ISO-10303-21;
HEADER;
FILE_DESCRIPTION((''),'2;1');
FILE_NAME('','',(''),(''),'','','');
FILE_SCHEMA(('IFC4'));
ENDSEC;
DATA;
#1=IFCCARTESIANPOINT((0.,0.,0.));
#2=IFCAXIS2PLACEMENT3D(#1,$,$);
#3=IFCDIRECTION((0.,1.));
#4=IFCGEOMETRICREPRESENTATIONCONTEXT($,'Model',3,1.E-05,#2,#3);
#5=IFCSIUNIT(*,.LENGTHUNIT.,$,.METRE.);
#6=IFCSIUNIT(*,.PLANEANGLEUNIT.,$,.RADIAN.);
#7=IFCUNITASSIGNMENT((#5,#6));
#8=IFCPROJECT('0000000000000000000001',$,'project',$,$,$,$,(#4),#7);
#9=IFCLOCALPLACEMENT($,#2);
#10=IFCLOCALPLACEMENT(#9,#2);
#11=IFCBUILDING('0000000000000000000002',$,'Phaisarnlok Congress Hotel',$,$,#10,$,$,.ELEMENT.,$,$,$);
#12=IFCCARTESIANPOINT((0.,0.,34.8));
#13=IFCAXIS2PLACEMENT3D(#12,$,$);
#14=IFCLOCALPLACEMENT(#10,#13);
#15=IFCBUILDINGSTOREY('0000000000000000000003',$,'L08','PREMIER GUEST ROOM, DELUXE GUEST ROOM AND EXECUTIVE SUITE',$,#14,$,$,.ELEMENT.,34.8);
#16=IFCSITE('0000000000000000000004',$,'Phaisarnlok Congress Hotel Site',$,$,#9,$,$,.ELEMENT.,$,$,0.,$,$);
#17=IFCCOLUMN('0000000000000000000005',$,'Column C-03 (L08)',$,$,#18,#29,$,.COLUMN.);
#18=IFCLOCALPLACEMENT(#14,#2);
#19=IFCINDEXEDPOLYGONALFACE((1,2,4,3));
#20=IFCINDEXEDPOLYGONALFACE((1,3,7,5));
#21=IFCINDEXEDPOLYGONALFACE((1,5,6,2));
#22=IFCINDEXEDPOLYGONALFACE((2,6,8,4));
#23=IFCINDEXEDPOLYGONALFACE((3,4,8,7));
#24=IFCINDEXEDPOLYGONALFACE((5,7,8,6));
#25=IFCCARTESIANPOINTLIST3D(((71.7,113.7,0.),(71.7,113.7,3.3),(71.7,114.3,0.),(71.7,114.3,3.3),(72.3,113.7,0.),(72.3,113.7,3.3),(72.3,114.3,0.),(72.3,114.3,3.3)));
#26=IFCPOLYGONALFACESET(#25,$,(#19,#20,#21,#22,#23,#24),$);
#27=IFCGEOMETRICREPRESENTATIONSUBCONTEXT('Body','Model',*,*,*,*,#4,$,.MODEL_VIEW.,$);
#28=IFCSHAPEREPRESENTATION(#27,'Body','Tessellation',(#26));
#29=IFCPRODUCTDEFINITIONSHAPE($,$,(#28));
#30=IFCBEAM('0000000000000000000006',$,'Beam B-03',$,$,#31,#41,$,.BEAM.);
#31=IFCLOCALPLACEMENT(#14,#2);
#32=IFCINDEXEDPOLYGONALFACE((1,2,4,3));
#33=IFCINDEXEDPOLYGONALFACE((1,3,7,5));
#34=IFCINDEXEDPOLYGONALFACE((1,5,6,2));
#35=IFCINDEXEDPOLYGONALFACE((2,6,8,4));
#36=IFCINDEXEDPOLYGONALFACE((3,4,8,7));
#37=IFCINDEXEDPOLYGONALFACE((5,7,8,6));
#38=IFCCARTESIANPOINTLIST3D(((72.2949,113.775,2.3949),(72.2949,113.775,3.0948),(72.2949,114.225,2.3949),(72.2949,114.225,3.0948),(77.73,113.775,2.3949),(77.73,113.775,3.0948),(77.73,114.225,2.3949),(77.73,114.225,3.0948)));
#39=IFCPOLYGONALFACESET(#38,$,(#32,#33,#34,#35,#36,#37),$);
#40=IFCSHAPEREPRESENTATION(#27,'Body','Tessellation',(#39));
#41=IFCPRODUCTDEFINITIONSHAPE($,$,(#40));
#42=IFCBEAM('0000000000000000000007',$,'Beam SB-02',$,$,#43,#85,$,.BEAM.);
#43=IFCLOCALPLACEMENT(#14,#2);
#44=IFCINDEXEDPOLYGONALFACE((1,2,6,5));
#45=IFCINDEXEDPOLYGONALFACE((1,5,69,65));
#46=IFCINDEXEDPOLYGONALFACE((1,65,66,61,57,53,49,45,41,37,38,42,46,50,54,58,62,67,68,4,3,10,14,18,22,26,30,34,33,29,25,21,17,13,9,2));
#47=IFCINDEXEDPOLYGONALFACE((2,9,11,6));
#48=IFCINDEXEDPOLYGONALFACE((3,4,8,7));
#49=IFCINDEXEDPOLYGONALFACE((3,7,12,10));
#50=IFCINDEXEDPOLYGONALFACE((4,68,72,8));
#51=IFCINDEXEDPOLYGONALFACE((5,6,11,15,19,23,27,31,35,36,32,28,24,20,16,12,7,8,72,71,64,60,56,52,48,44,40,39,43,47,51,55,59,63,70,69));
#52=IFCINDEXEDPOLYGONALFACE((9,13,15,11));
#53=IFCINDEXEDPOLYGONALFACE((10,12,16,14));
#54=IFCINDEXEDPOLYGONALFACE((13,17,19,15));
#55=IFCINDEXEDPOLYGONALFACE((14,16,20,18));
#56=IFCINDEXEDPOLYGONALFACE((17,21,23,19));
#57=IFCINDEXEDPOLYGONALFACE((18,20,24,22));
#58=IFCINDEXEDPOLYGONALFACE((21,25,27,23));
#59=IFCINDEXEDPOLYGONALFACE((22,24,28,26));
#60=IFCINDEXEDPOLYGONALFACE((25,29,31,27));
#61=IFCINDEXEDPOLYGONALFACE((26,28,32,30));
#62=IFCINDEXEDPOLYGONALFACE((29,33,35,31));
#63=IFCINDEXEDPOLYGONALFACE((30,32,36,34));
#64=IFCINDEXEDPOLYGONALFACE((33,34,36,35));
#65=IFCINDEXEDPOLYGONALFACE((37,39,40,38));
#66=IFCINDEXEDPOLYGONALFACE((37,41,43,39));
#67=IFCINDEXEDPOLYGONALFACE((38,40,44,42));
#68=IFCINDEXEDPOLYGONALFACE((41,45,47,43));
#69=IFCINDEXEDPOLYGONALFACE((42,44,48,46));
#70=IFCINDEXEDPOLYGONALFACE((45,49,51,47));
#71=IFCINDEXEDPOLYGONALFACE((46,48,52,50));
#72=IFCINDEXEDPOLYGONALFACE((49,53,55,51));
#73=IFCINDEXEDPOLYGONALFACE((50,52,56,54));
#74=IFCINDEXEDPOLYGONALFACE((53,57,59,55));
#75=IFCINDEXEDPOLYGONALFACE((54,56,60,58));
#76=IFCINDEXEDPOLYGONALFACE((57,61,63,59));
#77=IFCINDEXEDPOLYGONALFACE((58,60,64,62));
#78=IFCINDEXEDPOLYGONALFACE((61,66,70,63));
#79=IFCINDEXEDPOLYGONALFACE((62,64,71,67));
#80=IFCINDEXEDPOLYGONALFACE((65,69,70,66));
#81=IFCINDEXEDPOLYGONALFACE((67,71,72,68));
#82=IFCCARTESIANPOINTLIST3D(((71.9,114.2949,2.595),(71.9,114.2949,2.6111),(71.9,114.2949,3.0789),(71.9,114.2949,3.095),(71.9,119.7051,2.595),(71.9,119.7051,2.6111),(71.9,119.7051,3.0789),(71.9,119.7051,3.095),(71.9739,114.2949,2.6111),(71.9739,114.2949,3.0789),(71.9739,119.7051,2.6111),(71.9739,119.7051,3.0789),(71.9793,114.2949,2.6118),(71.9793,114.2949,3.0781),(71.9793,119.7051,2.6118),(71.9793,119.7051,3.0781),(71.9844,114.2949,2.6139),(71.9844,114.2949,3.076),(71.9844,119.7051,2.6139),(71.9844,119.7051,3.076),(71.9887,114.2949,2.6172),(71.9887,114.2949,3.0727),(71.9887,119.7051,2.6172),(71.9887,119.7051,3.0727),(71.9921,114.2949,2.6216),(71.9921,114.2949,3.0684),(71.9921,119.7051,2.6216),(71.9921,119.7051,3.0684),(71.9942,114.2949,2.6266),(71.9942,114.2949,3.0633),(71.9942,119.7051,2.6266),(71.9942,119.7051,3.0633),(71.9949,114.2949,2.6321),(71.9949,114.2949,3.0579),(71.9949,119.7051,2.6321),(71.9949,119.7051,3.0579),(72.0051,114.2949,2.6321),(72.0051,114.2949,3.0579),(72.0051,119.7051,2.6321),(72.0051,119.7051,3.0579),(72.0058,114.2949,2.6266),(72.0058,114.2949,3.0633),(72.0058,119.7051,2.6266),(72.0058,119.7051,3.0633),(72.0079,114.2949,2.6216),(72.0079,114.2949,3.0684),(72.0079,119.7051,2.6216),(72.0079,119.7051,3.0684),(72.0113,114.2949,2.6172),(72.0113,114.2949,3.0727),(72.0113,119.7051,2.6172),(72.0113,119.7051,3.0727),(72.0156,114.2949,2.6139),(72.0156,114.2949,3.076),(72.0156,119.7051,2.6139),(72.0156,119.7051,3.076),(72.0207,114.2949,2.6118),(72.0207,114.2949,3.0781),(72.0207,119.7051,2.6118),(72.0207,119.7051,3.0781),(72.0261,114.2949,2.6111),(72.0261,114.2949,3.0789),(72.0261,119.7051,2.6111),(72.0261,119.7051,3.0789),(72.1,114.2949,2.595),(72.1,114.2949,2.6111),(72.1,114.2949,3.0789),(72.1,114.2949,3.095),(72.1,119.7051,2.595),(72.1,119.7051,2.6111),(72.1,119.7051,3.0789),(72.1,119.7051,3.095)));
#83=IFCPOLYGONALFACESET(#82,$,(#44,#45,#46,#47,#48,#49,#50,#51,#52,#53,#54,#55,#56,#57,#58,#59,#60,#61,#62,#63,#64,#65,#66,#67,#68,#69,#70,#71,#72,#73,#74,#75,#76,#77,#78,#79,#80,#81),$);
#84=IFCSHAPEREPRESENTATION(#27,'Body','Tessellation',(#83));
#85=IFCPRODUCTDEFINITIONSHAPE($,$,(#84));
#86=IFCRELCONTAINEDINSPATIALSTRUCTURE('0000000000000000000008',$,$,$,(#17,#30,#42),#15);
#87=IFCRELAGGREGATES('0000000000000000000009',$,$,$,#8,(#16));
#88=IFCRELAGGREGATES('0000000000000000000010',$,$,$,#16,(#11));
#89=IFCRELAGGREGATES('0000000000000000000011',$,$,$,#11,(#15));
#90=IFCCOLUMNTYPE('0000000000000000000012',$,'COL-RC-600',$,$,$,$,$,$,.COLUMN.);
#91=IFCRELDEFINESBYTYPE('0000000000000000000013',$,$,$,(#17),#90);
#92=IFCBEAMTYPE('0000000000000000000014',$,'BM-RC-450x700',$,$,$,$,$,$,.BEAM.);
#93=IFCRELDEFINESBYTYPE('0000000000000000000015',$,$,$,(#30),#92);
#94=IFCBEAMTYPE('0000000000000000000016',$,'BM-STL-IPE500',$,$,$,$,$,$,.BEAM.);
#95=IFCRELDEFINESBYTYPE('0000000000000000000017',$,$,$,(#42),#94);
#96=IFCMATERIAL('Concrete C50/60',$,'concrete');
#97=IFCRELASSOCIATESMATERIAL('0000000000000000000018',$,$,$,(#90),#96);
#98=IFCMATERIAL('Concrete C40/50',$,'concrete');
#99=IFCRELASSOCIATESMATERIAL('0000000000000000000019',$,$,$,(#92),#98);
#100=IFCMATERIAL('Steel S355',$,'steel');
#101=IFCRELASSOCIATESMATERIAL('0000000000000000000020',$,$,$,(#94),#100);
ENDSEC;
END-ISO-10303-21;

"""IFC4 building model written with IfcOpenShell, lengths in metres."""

from ifc_helpers import new_model, si_unit, direction, frame, origin, origin_2d, place, context, subcontext, project, spatial, rectangle, i_section, extrude, material, material_profile, profile_set, type_object, element, save


model = new_model("IFC4")

# Units and contexts
model_context = context("Model", 3, precision=1e-05, world=origin(), true_north=direction((0.0, 1.0)))
body_context = subcontext(model_context, "Body", "Model", "MODEL_VIEW")
ifc_project = project(units=[si_unit("LENGTHUNIT", "METRE"), si_unit("PLANEANGLEUNIT", "RADIAN")], contexts=[model_context])

# Site, building, storey
site_placement = place(None, origin())
site = spatial("IfcSite", under=ifc_project, at=site_placement, Name="Phaisarnlok Congress Hotel Site", CompositionType="ELEMENT", RefElevation=0.0)
building_placement = place(site_placement, origin())
building = spatial("IfcBuilding", under=site, at=building_placement, Name="Phaisarnlok Congress Hotel", CompositionType="ELEMENT")
storey_placement = place(building_placement, frame((0.0, 0.0, 34.8)))
storey = spatial("IfcBuildingStorey", under=building, at=storey_placement, Name="L08", Description="PREMIER GUEST ROOM, DELUXE GUEST ROOM AND EXECUTIVE SUITE", CompositionType="ELEMENT", Elevation=34.8)

# Column
ifc_material_1 = material(Name="Concrete C50/60", Category="concrete")
ifc_material_profile_1 = material_profile(ifc_material_1, rectangle(XDim=0.6001, YDim=0.6001, at=origin_2d()), Name="RC 600x600")
ifc_profile_set_1 = profile_set([ifc_material_profile_1], Name="Concrete C50/60")
column_type = type_object("IfcColumnType", Name="COL-RC-600", PredefinedType="COLUMN", material=ifc_profile_set_1)
column_placement = place(storey_placement, frame((72.0, 114.0, 0.0), z_axis=(0.0, 0.0, 1.0), x_axis=(1.0, 0.0, 0.0)))
element("IfcColumn", 1, at=column_placement, inside=storey, type_object=column_type, Name="Column C-03 (L08)", PredefinedType="COLUMN", context=body_context, shape_type="SweptSolid", body=[
    extrude(rectangle(XDim=0.6001, YDim=0.6001, at=origin_2d()), origin(), (0.0, 0.0, 1.0), 3.3),
])

# Beams
ifc_material_2 = material(Name="Concrete C40/50", Category="concrete")
ifc_material_profile_2 = material_profile(ifc_material_2, rectangle(XDim=0.45, YDim=0.7, at=origin_2d()), Name="RC 450x700")
ifc_profile_set_2 = profile_set([ifc_material_profile_2], Name="Concrete C40/50")
beam_type_1 = type_object("IfcBeamType", Name="BM-RC-450x700", PredefinedType="BEAM", material=ifc_profile_set_2)
beam_1_placement = place(storey_placement, frame((72.2949, 114.0, 2.7449), z_axis=(1.0, 0.0, 0.0), x_axis=(0.0, 1.0, 0.0)))
element("IfcBeam", 2, at=beam_1_placement, inside=storey, type_object=beam_type_1, Name="Beam B-03", PredefinedType="BEAM", context=body_context, shape_type="SweptSolid", body=[
    extrude(rectangle(XDim=0.45, YDim=0.7, at=origin_2d()), origin(), (0.0, 0.0, 1.0), 5.4351),
])
ifc_material_3 = material(Name="Steel S355", Category="steel")
ifc_material_profile_3 = material_profile(ifc_material_3, i_section(OverallWidth=0.2, OverallDepth=0.5, WebThickness=0.0103, FlangeThickness=0.0161, FilletRadius=0.021, at=origin_2d()), Name="IPE 500")
ifc_profile_set_3 = profile_set([ifc_material_profile_3], Name="Steel S355")
beam_type_2 = type_object("IfcBeamType", Name="BM-STL-IPE500", PredefinedType="BEAM", material=ifc_profile_set_3)
beam_2_placement = place(storey_placement, frame((72.0, 114.2949, 2.845), z_axis=(0.0, 1.0, 0.0), x_axis=(-1.0, 0.0, 0.0)))
element("IfcBeam", 3, at=beam_2_placement, inside=storey, type_object=beam_type_2, Name="Beam SB-02", PredefinedType="BEAM", context=body_context, shape_type="SweptSolid", body=[
    extrude(i_section(OverallWidth=0.2, OverallDepth=0.5, WebThickness=0.0103, FlangeThickness=0.0161, FilletRadius=0.021, at=origin_2d()), origin(), (0.0, 0.0, 1.0), 5.4102),
])

save(model, "model.ifc")
